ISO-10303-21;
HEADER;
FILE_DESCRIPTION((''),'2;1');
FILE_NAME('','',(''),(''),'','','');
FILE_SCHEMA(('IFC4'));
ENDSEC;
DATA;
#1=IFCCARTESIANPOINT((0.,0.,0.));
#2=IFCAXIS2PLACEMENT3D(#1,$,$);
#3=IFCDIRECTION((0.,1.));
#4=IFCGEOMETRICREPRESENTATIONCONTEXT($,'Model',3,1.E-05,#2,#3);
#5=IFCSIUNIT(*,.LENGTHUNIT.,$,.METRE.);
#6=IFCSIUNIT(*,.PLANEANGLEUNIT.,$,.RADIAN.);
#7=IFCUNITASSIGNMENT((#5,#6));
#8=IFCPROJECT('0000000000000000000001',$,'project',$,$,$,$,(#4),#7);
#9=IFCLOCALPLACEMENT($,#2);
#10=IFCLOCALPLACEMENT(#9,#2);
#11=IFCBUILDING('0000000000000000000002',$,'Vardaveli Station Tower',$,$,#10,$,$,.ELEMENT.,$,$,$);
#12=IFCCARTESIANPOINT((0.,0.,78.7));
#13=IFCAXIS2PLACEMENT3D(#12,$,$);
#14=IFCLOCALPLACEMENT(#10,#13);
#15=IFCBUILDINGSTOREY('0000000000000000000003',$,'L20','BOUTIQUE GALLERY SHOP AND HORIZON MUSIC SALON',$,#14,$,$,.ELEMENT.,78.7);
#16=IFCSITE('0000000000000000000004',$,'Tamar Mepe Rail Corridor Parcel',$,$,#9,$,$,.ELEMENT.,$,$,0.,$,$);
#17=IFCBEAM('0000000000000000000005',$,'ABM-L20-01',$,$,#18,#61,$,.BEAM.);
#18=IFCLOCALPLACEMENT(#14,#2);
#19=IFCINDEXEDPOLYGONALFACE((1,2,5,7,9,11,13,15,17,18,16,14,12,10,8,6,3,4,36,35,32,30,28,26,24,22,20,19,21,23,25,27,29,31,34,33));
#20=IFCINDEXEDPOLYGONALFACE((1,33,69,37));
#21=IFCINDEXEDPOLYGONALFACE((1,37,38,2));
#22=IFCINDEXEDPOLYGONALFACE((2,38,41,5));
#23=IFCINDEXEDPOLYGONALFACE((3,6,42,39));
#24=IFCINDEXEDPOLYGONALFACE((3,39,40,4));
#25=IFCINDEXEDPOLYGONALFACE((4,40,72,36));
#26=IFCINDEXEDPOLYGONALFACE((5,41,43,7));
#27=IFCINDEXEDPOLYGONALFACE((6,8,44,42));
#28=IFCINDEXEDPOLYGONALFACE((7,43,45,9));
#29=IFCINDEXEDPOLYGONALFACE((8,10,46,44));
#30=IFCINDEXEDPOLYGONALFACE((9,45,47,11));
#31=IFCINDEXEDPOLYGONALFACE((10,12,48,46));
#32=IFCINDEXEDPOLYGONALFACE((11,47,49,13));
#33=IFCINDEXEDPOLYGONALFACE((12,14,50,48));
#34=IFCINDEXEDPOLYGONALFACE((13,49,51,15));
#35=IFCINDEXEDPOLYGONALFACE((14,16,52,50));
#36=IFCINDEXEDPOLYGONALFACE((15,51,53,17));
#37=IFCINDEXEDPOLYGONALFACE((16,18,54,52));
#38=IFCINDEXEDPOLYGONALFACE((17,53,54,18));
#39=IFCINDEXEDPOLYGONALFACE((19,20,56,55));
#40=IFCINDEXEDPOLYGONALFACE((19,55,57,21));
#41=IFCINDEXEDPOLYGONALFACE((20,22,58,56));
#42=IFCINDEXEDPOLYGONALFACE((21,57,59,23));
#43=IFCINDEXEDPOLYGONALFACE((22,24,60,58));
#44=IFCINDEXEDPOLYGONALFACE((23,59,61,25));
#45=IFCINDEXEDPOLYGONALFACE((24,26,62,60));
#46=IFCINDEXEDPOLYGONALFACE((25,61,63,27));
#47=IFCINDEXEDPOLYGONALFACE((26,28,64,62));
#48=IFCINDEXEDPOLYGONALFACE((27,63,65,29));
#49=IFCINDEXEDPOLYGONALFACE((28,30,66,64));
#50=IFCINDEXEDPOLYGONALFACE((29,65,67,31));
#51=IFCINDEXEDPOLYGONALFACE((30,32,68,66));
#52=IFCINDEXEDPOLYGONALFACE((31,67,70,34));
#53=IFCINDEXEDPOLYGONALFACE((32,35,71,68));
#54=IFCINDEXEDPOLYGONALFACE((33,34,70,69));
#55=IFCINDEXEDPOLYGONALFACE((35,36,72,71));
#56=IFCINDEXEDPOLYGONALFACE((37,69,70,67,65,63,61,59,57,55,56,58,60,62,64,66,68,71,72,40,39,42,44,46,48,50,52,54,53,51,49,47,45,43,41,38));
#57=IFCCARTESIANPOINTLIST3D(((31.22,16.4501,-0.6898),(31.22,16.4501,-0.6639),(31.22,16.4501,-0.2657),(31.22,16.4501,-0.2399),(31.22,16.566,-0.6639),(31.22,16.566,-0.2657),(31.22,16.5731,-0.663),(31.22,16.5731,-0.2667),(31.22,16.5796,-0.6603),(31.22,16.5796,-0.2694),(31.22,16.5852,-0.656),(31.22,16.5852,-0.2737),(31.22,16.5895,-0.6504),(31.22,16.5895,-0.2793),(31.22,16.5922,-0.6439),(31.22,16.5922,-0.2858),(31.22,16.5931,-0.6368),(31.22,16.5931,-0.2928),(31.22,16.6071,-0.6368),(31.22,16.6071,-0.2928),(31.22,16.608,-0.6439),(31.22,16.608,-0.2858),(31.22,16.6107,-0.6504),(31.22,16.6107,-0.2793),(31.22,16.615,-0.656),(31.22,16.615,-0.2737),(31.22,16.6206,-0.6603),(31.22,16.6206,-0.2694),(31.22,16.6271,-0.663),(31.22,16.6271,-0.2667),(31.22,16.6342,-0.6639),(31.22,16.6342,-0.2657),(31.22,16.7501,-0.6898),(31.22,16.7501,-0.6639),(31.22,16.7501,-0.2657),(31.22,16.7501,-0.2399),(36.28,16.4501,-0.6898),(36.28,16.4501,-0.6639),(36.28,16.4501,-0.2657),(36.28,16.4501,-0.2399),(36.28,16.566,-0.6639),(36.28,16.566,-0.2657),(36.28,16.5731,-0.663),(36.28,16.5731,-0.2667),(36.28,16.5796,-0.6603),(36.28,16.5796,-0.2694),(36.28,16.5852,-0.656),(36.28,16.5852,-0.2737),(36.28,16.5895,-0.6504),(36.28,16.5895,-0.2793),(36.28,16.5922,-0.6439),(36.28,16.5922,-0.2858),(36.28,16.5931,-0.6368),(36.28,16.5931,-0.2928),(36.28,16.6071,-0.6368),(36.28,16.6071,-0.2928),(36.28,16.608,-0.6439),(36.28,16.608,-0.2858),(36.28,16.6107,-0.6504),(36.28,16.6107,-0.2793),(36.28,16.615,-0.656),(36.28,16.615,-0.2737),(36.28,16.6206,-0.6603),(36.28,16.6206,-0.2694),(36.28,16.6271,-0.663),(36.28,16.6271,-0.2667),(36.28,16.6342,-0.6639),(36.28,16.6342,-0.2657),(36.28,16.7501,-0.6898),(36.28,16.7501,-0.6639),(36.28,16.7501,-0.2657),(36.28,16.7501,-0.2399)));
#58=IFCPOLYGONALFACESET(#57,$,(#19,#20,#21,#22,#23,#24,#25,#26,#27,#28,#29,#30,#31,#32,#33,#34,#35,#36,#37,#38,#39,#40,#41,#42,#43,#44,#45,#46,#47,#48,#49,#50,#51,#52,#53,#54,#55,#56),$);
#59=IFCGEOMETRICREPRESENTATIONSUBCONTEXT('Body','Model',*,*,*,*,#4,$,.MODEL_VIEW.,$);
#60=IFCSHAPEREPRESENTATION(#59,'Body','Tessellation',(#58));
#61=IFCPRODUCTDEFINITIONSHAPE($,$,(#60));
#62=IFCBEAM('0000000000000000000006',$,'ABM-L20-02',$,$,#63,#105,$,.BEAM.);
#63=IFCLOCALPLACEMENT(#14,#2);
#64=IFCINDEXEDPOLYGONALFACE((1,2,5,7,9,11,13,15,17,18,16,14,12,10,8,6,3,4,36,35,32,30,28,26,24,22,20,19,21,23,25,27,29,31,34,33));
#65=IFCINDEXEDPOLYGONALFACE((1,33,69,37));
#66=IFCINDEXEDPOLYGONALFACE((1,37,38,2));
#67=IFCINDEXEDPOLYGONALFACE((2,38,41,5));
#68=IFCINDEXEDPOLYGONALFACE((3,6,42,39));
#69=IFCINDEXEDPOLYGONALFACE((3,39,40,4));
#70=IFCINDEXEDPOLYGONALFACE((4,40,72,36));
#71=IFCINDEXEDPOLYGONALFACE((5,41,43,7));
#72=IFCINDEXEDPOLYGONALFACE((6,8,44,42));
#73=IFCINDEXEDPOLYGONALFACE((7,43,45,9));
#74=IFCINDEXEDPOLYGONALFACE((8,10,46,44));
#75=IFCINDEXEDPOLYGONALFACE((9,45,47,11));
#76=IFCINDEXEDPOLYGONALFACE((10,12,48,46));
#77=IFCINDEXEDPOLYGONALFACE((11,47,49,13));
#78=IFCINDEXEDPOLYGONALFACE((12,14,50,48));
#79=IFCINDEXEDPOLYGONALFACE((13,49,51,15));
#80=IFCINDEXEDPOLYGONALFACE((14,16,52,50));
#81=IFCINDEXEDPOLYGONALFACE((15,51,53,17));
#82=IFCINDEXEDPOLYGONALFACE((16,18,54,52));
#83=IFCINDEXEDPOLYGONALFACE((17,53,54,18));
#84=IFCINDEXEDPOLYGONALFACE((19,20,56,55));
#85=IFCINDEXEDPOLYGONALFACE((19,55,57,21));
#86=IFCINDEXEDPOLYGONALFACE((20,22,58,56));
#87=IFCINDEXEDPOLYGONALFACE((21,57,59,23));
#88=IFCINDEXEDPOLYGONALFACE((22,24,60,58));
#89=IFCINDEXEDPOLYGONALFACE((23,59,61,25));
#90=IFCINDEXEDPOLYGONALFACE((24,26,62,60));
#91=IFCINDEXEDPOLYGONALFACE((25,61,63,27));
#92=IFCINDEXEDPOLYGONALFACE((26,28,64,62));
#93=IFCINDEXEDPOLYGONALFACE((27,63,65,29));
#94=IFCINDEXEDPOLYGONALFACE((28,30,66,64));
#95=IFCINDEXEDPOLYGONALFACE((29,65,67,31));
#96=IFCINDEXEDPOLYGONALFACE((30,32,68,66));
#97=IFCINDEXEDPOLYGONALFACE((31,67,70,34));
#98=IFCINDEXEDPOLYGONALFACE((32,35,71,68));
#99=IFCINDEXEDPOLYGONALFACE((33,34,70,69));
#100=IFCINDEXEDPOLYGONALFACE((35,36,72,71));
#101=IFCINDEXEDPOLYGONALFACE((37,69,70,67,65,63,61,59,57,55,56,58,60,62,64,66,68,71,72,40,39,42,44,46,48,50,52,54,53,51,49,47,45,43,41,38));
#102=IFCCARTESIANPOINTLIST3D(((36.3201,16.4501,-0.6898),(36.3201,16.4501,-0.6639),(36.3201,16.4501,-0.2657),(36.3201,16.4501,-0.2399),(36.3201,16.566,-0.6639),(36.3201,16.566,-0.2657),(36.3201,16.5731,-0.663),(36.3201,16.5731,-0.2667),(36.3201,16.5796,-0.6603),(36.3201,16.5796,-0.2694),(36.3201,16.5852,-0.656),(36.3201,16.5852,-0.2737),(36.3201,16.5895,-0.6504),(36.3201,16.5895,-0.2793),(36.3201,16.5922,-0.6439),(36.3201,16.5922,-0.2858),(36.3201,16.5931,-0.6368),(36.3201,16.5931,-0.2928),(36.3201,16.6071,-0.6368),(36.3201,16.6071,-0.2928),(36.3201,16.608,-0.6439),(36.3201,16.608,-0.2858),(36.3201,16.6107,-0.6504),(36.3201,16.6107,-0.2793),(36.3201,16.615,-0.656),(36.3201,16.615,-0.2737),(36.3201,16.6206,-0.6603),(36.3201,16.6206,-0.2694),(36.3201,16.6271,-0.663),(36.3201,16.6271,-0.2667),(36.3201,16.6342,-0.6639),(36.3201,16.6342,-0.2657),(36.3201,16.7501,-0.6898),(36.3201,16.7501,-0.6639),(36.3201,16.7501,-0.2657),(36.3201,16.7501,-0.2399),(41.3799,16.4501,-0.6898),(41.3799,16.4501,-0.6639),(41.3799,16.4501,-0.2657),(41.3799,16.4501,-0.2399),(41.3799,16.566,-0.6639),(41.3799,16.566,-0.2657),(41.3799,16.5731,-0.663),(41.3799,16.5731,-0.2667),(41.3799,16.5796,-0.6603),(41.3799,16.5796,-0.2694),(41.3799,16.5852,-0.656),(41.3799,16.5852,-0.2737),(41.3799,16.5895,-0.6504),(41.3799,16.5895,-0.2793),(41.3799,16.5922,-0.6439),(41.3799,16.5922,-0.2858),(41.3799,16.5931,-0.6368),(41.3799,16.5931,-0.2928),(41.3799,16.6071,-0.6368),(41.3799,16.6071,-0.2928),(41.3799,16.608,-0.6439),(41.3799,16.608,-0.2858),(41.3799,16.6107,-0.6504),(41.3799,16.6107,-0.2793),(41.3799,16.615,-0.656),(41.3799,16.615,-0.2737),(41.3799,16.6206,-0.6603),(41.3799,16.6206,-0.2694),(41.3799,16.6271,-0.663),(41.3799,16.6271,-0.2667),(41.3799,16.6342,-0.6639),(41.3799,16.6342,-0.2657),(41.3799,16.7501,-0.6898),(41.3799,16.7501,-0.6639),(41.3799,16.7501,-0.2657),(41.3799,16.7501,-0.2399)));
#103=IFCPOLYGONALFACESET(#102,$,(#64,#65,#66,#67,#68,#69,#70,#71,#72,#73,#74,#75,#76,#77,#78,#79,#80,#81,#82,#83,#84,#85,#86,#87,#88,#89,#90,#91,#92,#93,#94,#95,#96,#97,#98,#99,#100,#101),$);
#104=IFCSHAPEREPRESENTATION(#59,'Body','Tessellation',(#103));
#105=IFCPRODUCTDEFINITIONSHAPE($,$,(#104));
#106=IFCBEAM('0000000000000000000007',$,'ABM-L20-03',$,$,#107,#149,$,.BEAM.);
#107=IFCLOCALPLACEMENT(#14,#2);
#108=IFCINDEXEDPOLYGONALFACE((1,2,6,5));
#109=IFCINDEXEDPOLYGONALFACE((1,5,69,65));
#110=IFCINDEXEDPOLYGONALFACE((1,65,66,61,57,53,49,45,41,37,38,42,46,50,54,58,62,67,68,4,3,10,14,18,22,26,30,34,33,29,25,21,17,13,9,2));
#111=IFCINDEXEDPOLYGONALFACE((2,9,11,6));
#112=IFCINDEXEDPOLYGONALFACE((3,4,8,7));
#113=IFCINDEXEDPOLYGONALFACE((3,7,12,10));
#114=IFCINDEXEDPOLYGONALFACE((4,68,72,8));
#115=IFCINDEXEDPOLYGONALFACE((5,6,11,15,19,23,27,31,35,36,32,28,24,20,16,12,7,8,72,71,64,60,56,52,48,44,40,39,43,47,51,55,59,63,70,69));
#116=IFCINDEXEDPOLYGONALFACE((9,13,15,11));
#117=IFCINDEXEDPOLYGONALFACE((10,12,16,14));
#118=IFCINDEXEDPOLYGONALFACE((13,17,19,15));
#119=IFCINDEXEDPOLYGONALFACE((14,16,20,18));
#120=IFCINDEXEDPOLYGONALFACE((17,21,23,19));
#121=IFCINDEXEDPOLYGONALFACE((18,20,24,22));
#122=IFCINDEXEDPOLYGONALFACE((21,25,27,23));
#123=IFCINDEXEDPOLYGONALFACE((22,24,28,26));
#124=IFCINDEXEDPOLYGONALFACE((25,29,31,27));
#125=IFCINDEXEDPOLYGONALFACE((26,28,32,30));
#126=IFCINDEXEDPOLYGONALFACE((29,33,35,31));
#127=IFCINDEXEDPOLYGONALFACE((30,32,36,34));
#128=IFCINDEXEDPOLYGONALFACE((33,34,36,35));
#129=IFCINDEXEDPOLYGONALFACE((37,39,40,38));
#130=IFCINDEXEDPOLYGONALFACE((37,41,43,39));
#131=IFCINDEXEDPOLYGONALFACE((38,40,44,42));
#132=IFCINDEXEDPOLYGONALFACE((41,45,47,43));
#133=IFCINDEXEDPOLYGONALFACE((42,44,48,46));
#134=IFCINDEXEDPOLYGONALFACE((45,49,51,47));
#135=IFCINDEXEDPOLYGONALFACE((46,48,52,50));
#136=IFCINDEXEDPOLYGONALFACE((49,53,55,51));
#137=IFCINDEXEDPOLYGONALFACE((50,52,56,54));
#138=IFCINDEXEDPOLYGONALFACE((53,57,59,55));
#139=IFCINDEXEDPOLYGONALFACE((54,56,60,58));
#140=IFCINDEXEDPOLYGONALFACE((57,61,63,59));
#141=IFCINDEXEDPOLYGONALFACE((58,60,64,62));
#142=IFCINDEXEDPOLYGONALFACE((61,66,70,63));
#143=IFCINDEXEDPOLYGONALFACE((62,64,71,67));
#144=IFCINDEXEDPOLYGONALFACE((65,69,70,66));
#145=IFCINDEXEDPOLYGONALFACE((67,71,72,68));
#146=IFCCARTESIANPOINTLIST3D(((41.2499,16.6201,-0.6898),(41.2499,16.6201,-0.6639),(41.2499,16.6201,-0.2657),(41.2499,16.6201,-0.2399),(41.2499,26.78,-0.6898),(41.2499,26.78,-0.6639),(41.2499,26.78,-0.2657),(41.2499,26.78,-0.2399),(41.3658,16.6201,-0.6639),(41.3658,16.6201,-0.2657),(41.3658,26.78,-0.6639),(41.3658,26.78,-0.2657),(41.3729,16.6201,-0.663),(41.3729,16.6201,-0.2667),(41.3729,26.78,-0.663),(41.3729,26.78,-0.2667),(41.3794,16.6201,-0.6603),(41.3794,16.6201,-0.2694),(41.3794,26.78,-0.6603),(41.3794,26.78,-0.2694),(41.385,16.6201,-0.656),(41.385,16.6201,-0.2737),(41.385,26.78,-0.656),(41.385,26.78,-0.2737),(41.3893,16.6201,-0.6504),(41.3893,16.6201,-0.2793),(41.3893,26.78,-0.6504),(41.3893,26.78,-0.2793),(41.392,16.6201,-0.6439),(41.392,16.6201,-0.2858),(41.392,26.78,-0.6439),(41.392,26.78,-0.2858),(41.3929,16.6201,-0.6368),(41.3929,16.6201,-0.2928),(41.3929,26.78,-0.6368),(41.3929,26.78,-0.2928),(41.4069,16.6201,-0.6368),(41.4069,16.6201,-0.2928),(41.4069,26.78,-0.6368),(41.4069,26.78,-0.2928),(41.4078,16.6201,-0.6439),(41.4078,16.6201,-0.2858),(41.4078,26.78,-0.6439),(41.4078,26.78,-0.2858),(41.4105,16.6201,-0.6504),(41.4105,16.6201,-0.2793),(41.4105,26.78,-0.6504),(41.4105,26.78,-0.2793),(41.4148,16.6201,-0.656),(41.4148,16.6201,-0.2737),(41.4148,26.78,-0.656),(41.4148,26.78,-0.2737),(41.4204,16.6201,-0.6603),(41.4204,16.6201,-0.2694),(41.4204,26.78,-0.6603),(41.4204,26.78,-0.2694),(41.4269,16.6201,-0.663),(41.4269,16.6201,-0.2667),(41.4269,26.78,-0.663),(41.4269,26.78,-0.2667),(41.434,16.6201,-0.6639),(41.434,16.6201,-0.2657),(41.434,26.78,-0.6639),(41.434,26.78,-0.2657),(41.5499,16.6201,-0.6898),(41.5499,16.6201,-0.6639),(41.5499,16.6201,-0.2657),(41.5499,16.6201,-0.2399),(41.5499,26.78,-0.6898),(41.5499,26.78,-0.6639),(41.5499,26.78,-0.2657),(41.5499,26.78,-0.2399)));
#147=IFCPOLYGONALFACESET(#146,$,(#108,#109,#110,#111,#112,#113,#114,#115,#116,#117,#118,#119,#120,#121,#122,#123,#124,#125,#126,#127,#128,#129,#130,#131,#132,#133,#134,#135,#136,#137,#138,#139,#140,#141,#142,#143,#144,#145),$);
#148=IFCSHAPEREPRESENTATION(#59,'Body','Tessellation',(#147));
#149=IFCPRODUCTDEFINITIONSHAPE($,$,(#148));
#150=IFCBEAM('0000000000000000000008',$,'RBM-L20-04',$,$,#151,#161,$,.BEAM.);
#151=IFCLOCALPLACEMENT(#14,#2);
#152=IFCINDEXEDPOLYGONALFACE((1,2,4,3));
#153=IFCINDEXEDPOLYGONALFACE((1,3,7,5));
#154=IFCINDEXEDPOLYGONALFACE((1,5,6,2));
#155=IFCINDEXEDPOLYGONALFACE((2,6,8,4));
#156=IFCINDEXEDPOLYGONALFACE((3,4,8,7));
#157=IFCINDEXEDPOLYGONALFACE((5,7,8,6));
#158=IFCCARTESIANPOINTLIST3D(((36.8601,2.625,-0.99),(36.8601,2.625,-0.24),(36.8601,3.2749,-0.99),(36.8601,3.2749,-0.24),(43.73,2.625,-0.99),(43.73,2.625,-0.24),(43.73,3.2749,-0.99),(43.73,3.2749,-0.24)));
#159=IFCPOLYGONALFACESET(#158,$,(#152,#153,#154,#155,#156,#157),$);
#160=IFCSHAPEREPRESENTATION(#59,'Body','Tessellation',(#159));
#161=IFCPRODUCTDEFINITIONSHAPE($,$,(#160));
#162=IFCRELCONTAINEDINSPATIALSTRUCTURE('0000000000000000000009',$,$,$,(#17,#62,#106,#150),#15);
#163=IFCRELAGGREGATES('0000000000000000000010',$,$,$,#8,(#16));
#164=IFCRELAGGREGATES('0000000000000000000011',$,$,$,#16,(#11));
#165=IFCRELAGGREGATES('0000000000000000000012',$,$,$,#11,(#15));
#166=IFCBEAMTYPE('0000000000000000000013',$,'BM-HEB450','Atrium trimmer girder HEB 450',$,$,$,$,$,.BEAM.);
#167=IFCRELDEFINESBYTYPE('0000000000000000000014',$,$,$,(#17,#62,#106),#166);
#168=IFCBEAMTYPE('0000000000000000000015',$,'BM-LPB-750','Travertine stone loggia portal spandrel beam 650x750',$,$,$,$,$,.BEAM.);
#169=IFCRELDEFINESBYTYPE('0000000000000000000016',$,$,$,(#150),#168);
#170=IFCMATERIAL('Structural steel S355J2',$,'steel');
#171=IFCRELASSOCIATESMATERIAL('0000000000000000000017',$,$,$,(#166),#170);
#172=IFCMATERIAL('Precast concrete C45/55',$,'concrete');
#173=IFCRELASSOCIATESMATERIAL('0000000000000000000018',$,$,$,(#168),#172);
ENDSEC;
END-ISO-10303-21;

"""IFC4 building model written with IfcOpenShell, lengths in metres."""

from ifc_helpers import new_model, si_unit, direction, frame, origin, origin_2d, place, context, subcontext, project, spatial, rectangle, i_section, extrude, source, transform, mapped, material, material_profile, profile_set, type_object, element, save


model = new_model("IFC4")

# Units and contexts
model_context = context("Model", 3, precision=1e-05, world=origin(), true_north=direction((0.0, 1.0)))
body_context = subcontext(model_context, "Body", "Model", "MODEL_VIEW")
ifc_project = project(units=[si_unit("LENGTHUNIT", "METRE"), si_unit("PLANEANGLEUNIT", "RADIAN")], contexts=[model_context])

# Site, building, storey
site_placement = place(None, origin())
site = spatial("IfcSite", under=ifc_project, at=site_placement, Name="Tamar Mepe Rail Corridor Parcel", CompositionType="ELEMENT", RefElevation=0.0)
building_placement = place(site_placement, origin())
building = spatial("IfcBuilding", under=site, at=building_placement, Name="Vardaveli Station Tower", CompositionType="ELEMENT")
storey_placement = place(building_placement, frame((0.0, 0.0, 78.7)))
storey = spatial("IfcBuildingStorey", under=building, at=storey_placement, Name="L20", Description="BOUTIQUE GALLERY SHOP AND HORIZON MUSIC SALON", CompositionType="ELEMENT", Elevation=78.7)

# Beams
ifc_material_1 = material(Name="Structural steel S355J2", Category="steel")
ifc_material_profile_1 = material_profile(ifc_material_1, i_section(OverallWidth=0.3, OverallDepth=0.45, WebThickness=0.0139, FlangeThickness=0.0259, FilletRadius=0.0271, at=origin_2d()), Name="HEB 450")
ifc_profile_set_1 = profile_set([ifc_material_profile_1], Name="Structural steel S355J2")
beam_type_1 = type_object("IfcBeamType", Name="BM-HEB450", Description="Atrium trimmer girder HEB 450", PredefinedType="BEAM", material=ifc_profile_set_1)
shared_shape_1 = source(origin(), body_context, "Body", "SweptSolid", [
    extrude(i_section(OverallWidth=0.3, OverallDepth=0.45, WebThickness=0.0139, FlangeThickness=0.0259, FilletRadius=0.0271, at=origin_2d()), origin(), (0.0, 0.0, 1.0), 5.0601),
])
beam_1_placement = place(storey_placement, frame((31.22, 16.6001, -0.4648), z_axis=(1.0, 0.0, 0.0), x_axis=(0.0, 1.0, 0.0)))
element("IfcBeam", 1, at=beam_1_placement, inside=storey, type_object=beam_type_1, Name="ABM-L20-01", PredefinedType="BEAM", context=body_context, shape_type="MappedRepresentation", body=[
    mapped(shared_shape_1, transform((0.0, 0.0, 0.0), scale=1.0)),
])
shared_shape_2 = source(origin(), body_context, "Body", "SweptSolid", [
    extrude(i_section(OverallWidth=0.3, OverallDepth=0.45, WebThickness=0.0139, FlangeThickness=0.0259, FilletRadius=0.0271, at=origin_2d()), origin(), (0.0, 0.0, 1.0), 5.0598),
])
beam_2_placement = place(storey_placement, frame((36.3201, 16.6001, -0.4648), z_axis=(1.0, 0.0, 0.0), x_axis=(0.0, 1.0, 0.0)))
element("IfcBeam", 2, at=beam_2_placement, inside=storey, type_object=beam_type_1, Name="ABM-L20-02", PredefinedType="BEAM", context=body_context, shape_type="MappedRepresentation", body=[
    mapped(shared_shape_2, transform((0.0, 0.0, 0.0), scale=1.0)),
])
shared_shape_3 = source(origin(), body_context, "Body", "SweptSolid", [
    extrude(i_section(OverallWidth=0.3, OverallDepth=0.45, WebThickness=0.0139, FlangeThickness=0.0259, FilletRadius=0.0271, at=origin_2d()), origin(), (0.0, 0.0, 1.0), 10.1599),
])
beam_3_placement = place(storey_placement, frame((41.3999, 16.6201, -0.4648), z_axis=(0.0, 1.0, 0.0), x_axis=(-1.0, 0.0, 0.0)))
element("IfcBeam", 3, at=beam_3_placement, inside=storey, type_object=beam_type_1, Name="ABM-L20-03", PredefinedType="BEAM", context=body_context, shape_type="MappedRepresentation", body=[
    mapped(shared_shape_3, transform((0.0, 0.0, 0.0), scale=1.0)),
])
ifc_material_2 = material(Name="Precast concrete C45/55", Category="concrete")
ifc_material_profile_2 = material_profile(ifc_material_2, rectangle(XDim=0.6499, YDim=0.75, at=origin_2d()), Name="LPB 650x750")
ifc_profile_set_2 = profile_set([ifc_material_profile_2], Name="Precast concrete C45/55")
beam_type_2 = type_object("IfcBeamType", Name="BM-LPB-750", Description="Travertine stone loggia portal spandrel beam 650x750", PredefinedType="BEAM", material=ifc_profile_set_2)
shared_shape_4 = source(origin(), body_context, "Body", "SweptSolid", [
    extrude(rectangle(XDim=0.6499, YDim=0.75, at=origin_2d()), origin(), (0.0, 0.0, 1.0), 6.8699),
])
beam_4_placement = place(storey_placement, frame((36.8601, 2.95, -0.615), z_axis=(1.0, 0.0, 0.0), x_axis=(0.0, 1.0, 0.0)))
element("IfcBeam", 4, at=beam_4_placement, inside=storey, type_object=beam_type_2, Name="RBM-L20-04", PredefinedType="BEAM", context=body_context, shape_type="MappedRepresentation", body=[
    mapped(shared_shape_4, transform((0.0, 0.0, 0.0), scale=1.0)),
])

save(model, "model.ifc")
